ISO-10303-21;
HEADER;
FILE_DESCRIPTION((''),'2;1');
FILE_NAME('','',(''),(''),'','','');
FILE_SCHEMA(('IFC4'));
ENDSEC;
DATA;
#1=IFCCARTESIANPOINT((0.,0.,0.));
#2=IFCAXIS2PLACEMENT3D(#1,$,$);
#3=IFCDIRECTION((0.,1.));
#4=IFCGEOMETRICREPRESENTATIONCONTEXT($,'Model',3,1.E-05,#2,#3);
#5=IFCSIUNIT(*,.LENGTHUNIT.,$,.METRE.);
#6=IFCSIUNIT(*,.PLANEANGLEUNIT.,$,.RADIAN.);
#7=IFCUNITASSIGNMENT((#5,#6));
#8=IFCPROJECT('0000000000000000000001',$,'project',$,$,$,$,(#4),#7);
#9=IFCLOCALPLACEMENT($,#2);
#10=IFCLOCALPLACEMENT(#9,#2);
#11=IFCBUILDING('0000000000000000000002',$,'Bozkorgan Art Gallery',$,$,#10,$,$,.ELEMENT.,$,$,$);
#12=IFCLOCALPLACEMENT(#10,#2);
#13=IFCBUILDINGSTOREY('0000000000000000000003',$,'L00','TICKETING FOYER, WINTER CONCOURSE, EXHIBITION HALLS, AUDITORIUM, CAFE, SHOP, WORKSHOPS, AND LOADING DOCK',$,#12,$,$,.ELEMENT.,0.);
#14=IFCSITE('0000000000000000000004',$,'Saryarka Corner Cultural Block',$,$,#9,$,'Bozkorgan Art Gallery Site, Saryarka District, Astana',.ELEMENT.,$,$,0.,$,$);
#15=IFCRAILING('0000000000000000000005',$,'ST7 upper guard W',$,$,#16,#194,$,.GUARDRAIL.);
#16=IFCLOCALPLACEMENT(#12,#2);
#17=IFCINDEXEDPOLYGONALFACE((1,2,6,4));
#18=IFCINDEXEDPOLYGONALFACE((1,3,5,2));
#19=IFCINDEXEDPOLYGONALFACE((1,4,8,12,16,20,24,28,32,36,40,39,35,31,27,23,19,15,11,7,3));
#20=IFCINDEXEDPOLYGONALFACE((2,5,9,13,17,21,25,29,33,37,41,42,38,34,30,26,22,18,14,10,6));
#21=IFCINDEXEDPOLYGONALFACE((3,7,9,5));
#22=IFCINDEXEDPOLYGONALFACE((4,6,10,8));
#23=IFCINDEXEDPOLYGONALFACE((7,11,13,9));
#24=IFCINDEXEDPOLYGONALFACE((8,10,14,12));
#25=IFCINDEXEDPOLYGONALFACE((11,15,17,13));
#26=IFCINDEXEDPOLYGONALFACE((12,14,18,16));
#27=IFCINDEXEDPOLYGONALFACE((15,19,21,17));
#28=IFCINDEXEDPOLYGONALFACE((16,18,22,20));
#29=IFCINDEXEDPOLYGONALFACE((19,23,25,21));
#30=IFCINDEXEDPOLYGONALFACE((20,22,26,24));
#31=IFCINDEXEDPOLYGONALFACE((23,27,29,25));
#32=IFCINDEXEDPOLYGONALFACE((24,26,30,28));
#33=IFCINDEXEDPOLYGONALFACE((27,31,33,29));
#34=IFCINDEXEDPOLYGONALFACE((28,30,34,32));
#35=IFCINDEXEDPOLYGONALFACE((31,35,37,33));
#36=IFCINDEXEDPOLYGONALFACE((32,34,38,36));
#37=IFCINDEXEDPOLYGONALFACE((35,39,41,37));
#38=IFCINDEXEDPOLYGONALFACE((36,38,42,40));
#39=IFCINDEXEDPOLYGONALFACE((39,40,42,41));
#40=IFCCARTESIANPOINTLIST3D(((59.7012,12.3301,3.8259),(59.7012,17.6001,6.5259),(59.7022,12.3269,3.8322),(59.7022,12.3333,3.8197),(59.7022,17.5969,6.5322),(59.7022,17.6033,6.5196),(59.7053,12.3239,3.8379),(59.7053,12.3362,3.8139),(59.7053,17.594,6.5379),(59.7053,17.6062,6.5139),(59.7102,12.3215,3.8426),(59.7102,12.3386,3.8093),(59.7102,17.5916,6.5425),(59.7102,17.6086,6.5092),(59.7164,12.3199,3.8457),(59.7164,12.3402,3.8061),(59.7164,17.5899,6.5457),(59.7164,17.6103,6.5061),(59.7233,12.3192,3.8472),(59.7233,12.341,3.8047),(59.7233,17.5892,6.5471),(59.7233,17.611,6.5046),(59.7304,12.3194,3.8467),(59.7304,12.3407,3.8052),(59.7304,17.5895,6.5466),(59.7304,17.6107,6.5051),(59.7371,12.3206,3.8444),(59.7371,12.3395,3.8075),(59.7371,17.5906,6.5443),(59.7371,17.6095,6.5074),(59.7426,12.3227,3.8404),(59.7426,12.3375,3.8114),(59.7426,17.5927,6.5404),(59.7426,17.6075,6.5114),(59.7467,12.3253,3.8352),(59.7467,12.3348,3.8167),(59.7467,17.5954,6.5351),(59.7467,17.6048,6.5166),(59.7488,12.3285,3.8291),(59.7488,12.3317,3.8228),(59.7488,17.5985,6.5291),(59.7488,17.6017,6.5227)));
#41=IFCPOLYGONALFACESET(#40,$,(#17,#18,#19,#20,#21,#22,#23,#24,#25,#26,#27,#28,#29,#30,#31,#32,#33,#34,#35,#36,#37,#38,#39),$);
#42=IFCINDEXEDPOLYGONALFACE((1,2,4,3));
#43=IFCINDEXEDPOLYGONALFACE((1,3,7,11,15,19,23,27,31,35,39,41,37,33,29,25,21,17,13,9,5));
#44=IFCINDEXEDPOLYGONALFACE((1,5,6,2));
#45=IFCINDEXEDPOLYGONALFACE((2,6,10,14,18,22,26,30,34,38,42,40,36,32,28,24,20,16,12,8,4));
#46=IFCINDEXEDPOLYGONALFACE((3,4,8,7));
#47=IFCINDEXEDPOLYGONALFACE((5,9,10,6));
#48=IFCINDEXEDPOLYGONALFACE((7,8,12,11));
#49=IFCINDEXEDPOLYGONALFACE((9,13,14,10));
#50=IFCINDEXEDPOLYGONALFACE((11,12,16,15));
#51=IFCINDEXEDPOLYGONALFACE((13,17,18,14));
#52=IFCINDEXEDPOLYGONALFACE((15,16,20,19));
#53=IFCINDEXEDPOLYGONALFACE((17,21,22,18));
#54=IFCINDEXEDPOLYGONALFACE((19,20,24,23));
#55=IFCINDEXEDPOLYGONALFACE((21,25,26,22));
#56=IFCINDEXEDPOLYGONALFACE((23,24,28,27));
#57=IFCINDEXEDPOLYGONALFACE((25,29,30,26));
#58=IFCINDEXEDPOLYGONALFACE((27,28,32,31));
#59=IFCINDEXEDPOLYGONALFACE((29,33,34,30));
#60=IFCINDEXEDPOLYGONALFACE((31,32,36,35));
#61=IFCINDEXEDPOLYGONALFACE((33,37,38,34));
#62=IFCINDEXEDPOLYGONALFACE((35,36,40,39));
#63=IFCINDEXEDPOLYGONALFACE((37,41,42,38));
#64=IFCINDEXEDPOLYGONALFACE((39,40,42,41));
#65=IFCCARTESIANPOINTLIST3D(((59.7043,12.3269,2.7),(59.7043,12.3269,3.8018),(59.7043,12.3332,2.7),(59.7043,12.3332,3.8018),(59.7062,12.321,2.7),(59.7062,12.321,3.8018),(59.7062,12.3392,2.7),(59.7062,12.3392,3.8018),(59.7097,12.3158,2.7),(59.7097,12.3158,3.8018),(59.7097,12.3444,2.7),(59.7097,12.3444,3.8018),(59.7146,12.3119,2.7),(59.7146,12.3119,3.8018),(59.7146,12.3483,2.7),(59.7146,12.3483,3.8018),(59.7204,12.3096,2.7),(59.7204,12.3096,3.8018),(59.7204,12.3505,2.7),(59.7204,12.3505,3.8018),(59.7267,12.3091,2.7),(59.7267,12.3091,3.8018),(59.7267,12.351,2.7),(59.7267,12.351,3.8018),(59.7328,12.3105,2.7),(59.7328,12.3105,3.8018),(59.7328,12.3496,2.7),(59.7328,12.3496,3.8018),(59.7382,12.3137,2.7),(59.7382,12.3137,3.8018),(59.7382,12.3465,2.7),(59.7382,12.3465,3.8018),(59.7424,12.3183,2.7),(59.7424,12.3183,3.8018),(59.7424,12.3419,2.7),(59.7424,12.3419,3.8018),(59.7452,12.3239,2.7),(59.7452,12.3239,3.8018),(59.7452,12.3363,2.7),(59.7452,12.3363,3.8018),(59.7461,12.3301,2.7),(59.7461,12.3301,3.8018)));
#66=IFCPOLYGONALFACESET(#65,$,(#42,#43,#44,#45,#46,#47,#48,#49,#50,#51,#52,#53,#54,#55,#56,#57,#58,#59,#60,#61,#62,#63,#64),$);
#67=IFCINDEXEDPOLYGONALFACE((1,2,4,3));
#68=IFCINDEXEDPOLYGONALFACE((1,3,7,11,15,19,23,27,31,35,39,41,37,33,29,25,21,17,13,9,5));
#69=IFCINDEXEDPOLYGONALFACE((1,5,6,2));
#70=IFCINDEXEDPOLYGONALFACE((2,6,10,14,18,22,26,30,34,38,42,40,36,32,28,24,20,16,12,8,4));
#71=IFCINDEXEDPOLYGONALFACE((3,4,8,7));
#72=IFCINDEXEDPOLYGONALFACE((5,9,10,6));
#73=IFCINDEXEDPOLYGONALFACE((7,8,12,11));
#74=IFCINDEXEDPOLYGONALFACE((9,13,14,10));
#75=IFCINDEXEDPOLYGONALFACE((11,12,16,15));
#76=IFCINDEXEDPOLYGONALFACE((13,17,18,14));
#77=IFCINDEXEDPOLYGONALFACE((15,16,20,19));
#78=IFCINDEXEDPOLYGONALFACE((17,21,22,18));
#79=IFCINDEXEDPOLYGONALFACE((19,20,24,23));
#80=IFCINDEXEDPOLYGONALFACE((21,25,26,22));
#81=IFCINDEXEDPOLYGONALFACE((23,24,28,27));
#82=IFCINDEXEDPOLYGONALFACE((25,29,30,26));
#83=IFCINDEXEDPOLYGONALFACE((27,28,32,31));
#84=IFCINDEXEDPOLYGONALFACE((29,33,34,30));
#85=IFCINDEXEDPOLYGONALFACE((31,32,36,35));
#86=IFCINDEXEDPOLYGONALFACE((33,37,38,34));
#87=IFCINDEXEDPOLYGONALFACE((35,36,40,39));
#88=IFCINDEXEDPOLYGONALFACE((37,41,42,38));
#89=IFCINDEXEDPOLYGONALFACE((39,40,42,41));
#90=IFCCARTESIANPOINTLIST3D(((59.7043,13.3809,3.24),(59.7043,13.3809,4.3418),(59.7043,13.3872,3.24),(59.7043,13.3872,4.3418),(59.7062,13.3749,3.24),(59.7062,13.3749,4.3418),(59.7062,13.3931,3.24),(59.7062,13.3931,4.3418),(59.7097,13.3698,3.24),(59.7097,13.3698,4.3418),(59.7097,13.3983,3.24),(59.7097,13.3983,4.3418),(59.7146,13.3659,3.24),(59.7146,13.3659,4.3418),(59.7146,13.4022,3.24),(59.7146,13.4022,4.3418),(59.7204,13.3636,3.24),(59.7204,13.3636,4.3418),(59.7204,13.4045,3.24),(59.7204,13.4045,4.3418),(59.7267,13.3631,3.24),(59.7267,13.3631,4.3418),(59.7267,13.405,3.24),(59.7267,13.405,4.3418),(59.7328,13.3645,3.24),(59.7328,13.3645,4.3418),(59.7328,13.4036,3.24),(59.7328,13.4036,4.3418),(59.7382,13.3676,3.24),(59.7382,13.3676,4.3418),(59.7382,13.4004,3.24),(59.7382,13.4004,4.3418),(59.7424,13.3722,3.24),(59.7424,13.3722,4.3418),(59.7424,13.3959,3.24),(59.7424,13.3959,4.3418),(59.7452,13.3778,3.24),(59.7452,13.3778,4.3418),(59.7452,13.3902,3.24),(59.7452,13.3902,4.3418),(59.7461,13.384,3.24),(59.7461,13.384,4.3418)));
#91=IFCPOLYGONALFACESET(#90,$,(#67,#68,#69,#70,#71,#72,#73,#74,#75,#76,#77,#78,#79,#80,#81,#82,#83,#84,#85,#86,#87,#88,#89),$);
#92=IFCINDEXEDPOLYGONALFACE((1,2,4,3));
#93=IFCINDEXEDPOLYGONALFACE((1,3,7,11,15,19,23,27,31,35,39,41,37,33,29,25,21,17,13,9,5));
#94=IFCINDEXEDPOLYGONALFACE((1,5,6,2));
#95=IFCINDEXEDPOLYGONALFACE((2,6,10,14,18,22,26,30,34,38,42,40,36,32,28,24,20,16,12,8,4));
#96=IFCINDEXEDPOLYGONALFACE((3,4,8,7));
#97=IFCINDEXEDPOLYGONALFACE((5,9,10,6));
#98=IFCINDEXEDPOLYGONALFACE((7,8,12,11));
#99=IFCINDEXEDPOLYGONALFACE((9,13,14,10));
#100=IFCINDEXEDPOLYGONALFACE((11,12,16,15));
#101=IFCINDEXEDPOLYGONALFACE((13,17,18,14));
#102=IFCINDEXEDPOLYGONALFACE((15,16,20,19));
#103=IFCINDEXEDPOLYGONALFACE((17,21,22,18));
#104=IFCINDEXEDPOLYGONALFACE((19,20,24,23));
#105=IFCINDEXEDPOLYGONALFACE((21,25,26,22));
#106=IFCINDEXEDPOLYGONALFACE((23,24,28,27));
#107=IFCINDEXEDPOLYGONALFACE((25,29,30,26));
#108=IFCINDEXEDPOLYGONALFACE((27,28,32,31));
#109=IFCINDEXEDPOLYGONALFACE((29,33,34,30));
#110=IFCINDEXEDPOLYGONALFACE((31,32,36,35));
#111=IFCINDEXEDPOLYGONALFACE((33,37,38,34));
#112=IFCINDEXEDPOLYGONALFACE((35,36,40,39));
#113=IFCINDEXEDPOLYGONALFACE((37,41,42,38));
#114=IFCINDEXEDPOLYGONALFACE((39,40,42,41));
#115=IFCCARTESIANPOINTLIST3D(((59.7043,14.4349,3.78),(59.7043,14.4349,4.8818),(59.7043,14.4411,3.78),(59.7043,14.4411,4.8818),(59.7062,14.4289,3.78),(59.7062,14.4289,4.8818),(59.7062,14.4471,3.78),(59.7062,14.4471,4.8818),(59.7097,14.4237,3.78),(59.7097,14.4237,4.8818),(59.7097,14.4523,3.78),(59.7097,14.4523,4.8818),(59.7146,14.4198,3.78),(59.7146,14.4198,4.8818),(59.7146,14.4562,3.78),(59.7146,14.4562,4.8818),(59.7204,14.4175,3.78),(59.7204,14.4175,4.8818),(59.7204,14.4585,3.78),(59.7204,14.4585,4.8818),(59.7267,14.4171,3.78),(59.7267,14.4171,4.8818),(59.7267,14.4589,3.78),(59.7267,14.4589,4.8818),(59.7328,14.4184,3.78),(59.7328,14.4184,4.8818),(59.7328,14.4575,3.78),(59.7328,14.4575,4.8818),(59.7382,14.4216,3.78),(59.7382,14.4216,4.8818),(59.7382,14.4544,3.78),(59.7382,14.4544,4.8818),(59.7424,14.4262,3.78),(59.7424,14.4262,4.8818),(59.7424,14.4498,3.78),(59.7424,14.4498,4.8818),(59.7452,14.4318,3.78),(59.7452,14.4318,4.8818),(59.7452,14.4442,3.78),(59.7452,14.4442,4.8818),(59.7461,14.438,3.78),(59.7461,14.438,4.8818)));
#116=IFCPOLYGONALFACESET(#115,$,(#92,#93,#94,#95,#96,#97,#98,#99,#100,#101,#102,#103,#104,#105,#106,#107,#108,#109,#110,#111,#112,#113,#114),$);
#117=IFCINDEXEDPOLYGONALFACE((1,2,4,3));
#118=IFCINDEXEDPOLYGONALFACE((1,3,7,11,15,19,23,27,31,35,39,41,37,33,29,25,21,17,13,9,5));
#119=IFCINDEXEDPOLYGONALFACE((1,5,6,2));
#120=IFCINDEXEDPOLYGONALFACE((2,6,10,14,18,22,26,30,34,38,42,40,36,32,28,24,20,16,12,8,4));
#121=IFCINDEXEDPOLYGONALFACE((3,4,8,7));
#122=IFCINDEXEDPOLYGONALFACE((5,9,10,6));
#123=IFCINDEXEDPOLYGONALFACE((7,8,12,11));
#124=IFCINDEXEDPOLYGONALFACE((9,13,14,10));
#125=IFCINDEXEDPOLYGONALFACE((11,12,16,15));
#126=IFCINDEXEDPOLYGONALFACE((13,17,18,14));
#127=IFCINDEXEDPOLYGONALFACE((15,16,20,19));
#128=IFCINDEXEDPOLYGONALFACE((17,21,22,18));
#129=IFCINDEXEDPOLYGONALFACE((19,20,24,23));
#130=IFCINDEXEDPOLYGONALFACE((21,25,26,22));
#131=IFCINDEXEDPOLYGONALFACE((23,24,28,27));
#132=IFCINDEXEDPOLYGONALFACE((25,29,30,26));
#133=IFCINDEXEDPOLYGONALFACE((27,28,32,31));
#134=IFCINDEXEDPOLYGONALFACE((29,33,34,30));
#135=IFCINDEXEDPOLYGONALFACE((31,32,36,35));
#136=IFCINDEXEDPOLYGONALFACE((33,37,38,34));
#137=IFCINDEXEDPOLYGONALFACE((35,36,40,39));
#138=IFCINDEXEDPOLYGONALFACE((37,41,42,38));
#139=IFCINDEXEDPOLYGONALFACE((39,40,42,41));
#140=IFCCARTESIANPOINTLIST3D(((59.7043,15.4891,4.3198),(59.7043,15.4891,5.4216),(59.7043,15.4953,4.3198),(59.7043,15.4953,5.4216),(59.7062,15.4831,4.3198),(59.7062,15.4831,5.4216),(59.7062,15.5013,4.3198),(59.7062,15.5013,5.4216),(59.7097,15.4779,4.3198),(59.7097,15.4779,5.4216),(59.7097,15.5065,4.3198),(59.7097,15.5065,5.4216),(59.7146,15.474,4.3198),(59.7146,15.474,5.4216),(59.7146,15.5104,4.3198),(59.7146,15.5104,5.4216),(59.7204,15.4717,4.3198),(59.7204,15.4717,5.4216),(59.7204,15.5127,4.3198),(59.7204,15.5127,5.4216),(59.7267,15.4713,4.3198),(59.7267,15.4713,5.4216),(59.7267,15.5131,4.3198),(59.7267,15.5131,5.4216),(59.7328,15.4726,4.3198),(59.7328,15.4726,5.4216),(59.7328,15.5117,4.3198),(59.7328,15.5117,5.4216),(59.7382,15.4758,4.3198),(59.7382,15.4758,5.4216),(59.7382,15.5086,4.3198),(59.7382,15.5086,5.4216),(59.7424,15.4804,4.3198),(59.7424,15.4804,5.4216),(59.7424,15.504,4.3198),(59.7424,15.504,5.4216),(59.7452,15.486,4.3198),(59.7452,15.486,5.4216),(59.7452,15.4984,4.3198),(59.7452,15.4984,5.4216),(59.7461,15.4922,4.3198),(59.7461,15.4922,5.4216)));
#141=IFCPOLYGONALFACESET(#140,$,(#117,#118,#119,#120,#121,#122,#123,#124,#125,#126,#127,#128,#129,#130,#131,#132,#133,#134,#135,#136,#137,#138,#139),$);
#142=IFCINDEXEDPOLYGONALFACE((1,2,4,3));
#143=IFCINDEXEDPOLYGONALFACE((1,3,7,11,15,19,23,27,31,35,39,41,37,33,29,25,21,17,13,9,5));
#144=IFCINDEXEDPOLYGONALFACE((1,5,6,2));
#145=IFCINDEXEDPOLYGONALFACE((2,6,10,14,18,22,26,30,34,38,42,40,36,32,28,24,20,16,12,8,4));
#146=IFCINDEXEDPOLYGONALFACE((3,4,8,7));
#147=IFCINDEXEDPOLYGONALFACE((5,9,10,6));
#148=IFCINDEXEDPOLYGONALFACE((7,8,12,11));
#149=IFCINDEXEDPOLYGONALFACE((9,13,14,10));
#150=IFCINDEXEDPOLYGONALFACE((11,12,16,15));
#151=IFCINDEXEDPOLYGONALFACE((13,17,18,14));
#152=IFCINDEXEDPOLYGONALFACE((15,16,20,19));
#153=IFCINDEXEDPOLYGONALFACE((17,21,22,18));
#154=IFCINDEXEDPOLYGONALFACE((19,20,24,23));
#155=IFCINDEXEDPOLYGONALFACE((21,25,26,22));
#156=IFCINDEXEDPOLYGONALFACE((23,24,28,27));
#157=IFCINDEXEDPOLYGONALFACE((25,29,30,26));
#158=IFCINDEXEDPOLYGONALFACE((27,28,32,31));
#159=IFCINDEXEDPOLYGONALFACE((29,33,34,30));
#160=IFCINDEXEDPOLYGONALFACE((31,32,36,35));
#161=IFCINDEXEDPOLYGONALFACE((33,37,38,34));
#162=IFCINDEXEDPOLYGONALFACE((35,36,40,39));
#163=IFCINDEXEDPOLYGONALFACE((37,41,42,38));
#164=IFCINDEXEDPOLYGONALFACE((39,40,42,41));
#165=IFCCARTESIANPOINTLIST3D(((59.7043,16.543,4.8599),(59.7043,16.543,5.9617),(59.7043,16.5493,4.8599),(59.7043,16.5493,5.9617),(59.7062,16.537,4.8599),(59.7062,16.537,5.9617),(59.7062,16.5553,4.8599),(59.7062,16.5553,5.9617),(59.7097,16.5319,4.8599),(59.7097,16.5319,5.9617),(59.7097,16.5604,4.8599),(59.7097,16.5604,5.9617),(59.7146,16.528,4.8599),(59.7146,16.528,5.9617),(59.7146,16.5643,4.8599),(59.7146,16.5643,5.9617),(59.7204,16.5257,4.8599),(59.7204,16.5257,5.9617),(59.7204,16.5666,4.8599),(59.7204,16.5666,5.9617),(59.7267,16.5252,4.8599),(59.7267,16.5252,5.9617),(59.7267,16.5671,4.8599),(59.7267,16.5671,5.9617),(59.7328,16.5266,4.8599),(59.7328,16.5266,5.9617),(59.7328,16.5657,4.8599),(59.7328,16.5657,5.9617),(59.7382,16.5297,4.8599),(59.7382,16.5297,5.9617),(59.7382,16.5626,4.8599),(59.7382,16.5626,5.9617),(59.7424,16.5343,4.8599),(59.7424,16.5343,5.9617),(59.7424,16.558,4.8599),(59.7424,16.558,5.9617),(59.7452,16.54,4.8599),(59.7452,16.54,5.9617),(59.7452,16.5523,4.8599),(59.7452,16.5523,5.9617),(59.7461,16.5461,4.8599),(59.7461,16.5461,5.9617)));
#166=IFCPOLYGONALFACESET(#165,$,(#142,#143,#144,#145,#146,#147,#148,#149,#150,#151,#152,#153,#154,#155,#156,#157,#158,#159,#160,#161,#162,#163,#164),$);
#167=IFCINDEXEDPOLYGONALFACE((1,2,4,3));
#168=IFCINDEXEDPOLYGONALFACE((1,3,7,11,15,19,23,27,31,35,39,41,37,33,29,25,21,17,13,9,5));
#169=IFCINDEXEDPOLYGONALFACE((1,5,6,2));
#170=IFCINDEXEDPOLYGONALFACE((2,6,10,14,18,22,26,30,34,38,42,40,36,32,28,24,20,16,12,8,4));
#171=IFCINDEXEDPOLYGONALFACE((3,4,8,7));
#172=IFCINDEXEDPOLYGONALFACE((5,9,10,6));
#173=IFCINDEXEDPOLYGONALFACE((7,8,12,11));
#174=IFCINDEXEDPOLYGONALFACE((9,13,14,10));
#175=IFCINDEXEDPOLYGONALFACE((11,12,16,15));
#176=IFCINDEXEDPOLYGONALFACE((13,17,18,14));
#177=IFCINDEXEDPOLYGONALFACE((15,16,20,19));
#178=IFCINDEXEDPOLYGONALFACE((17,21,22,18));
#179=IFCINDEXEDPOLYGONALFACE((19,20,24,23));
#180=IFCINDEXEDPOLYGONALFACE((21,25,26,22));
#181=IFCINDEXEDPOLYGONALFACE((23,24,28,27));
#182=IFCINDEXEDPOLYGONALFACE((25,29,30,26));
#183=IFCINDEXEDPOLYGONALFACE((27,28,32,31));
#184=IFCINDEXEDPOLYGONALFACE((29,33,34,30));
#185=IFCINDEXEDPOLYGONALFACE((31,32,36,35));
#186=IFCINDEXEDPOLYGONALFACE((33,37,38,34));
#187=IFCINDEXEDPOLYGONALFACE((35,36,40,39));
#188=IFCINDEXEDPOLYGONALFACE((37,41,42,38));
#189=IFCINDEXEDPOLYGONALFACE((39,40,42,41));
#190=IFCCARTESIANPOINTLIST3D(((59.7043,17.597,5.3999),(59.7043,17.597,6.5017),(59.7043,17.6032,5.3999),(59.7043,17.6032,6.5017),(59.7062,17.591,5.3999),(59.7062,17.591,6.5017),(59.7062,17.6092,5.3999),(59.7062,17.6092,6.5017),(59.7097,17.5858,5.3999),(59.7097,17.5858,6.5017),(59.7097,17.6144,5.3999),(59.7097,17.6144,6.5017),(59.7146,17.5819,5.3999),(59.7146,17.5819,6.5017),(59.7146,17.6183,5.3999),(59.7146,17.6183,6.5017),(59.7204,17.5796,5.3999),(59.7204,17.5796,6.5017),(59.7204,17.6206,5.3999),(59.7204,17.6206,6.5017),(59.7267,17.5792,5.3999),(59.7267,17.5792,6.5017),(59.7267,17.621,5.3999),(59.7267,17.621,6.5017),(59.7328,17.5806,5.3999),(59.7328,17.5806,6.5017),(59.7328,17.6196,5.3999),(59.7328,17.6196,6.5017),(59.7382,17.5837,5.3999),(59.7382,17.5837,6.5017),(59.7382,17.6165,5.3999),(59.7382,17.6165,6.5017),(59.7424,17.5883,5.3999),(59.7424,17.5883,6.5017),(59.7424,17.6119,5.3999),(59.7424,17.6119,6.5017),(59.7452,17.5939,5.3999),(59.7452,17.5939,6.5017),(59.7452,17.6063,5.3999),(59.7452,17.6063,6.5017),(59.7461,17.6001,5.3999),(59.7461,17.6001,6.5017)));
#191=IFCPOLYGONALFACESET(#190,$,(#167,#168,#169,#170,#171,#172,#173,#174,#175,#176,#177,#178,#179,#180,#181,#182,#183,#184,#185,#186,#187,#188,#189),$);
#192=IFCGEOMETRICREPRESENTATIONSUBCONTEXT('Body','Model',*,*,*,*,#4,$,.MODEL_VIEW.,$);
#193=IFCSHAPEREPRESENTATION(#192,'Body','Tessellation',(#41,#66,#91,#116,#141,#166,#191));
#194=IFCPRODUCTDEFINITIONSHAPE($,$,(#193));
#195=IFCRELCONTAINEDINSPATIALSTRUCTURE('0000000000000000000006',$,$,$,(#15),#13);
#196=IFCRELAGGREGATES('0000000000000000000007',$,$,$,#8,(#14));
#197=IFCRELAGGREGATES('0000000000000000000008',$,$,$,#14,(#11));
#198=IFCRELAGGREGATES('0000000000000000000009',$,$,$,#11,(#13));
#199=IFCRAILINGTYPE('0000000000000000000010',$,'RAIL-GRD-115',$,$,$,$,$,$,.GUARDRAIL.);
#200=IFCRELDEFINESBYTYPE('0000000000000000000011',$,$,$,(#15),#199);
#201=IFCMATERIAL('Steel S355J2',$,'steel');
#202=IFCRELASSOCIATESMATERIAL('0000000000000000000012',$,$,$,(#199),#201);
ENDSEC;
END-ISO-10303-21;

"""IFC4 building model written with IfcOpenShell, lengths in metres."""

from ifc_helpers import new_model, si_unit, direction, frame, origin, origin_2d, place, context, subcontext, project, spatial, circle, extrude, material, type_object, element, save


model = new_model("IFC4")

# Units and contexts
model_context = context("Model", 3, precision=1e-05, world=origin(), true_north=direction((0.0, 1.0)))
body_context = subcontext(model_context, "Body", "Model", "MODEL_VIEW")
ifc_project = project(units=[si_unit("LENGTHUNIT", "METRE"), si_unit("PLANEANGLEUNIT", "RADIAN")], contexts=[model_context])

# Site, building, storey
site_placement = place(None, origin())
site = spatial("IfcSite", under=ifc_project, at=site_placement, Name="Saryarka Corner Cultural Block", LongName="Bozkorgan Art Gallery Site, Saryarka District, Astana", CompositionType="ELEMENT", RefElevation=0.0)
building_placement = place(site_placement, origin())
building = spatial("IfcBuilding", under=site, at=building_placement, Name="Bozkorgan Art Gallery", CompositionType="ELEMENT")
storey_placement = place(building_placement, origin())
storey = spatial("IfcBuildingStorey", under=building, at=storey_placement, Name="L00", Description="TICKETING FOYER, WINTER CONCOURSE, EXHIBITION HALLS, AUDITORIUM, CAFE, SHOP, WORKSHOPS, AND LOADING DOCK", CompositionType="ELEMENT", Elevation=0.0)

# Shared definitions
ifc_material_1 = material(Name="Steel S355J2", Category="steel")

# Railing
railing_type = type_object("IfcRailingType", Name="RAIL-GRD-115", PredefinedType="GUARDRAIL", material=ifc_material_1)
for number, where, name in (
    (1, (59.7251, 12.3301, 2.7), "ST7 upper guard W"),
):
    element("IfcRailing", number, at=place(storey_placement, frame(where)), inside=storey, type_object=railing_type, Name=name, PredefinedType="GUARDRAIL", context=body_context, shape_type="SweptSolid", body=[
        extrude(circle(Radius=0.0239, at=origin_2d()), frame((0.0, 0.0, 1.126), z_axis=(0.0, 0.889997, 0.455966), x_axis=(-1.0, 0.0, 0.0)), (0.0, 0.0, 1.0), 5.9214),
        extrude(circle(Radius=0.021, at=origin_2d()), origin(), (0.0, 0.0, 1.0), 1.1018),
        extrude(circle(Radius=0.021, at=origin_2d()), frame((0.0, 1.054, 0.54)), (0.0, 0.0, 1.0), 1.1018),
        extrude(circle(Radius=0.021, at=origin_2d()), frame((0.0, 2.1079, 1.0801)), (0.0, 0.0, 1.0), 1.1018),
        extrude(circle(Radius=0.021, at=origin_2d()), frame((0.0, 3.1621, 1.6199)), (0.0, 0.0, 1.0), 1.1018),
        extrude(circle(Radius=0.021, at=origin_2d()), frame((0.0, 4.2161, 2.1599)), (0.0, 0.0, 1.0), 1.1018),
        extrude(circle(Radius=0.021, at=origin_2d()), frame((0.0, 5.27, 2.7)), (0.0, 0.0, 1.0), 1.1018),
    ])

save(model, "model.ifc")
